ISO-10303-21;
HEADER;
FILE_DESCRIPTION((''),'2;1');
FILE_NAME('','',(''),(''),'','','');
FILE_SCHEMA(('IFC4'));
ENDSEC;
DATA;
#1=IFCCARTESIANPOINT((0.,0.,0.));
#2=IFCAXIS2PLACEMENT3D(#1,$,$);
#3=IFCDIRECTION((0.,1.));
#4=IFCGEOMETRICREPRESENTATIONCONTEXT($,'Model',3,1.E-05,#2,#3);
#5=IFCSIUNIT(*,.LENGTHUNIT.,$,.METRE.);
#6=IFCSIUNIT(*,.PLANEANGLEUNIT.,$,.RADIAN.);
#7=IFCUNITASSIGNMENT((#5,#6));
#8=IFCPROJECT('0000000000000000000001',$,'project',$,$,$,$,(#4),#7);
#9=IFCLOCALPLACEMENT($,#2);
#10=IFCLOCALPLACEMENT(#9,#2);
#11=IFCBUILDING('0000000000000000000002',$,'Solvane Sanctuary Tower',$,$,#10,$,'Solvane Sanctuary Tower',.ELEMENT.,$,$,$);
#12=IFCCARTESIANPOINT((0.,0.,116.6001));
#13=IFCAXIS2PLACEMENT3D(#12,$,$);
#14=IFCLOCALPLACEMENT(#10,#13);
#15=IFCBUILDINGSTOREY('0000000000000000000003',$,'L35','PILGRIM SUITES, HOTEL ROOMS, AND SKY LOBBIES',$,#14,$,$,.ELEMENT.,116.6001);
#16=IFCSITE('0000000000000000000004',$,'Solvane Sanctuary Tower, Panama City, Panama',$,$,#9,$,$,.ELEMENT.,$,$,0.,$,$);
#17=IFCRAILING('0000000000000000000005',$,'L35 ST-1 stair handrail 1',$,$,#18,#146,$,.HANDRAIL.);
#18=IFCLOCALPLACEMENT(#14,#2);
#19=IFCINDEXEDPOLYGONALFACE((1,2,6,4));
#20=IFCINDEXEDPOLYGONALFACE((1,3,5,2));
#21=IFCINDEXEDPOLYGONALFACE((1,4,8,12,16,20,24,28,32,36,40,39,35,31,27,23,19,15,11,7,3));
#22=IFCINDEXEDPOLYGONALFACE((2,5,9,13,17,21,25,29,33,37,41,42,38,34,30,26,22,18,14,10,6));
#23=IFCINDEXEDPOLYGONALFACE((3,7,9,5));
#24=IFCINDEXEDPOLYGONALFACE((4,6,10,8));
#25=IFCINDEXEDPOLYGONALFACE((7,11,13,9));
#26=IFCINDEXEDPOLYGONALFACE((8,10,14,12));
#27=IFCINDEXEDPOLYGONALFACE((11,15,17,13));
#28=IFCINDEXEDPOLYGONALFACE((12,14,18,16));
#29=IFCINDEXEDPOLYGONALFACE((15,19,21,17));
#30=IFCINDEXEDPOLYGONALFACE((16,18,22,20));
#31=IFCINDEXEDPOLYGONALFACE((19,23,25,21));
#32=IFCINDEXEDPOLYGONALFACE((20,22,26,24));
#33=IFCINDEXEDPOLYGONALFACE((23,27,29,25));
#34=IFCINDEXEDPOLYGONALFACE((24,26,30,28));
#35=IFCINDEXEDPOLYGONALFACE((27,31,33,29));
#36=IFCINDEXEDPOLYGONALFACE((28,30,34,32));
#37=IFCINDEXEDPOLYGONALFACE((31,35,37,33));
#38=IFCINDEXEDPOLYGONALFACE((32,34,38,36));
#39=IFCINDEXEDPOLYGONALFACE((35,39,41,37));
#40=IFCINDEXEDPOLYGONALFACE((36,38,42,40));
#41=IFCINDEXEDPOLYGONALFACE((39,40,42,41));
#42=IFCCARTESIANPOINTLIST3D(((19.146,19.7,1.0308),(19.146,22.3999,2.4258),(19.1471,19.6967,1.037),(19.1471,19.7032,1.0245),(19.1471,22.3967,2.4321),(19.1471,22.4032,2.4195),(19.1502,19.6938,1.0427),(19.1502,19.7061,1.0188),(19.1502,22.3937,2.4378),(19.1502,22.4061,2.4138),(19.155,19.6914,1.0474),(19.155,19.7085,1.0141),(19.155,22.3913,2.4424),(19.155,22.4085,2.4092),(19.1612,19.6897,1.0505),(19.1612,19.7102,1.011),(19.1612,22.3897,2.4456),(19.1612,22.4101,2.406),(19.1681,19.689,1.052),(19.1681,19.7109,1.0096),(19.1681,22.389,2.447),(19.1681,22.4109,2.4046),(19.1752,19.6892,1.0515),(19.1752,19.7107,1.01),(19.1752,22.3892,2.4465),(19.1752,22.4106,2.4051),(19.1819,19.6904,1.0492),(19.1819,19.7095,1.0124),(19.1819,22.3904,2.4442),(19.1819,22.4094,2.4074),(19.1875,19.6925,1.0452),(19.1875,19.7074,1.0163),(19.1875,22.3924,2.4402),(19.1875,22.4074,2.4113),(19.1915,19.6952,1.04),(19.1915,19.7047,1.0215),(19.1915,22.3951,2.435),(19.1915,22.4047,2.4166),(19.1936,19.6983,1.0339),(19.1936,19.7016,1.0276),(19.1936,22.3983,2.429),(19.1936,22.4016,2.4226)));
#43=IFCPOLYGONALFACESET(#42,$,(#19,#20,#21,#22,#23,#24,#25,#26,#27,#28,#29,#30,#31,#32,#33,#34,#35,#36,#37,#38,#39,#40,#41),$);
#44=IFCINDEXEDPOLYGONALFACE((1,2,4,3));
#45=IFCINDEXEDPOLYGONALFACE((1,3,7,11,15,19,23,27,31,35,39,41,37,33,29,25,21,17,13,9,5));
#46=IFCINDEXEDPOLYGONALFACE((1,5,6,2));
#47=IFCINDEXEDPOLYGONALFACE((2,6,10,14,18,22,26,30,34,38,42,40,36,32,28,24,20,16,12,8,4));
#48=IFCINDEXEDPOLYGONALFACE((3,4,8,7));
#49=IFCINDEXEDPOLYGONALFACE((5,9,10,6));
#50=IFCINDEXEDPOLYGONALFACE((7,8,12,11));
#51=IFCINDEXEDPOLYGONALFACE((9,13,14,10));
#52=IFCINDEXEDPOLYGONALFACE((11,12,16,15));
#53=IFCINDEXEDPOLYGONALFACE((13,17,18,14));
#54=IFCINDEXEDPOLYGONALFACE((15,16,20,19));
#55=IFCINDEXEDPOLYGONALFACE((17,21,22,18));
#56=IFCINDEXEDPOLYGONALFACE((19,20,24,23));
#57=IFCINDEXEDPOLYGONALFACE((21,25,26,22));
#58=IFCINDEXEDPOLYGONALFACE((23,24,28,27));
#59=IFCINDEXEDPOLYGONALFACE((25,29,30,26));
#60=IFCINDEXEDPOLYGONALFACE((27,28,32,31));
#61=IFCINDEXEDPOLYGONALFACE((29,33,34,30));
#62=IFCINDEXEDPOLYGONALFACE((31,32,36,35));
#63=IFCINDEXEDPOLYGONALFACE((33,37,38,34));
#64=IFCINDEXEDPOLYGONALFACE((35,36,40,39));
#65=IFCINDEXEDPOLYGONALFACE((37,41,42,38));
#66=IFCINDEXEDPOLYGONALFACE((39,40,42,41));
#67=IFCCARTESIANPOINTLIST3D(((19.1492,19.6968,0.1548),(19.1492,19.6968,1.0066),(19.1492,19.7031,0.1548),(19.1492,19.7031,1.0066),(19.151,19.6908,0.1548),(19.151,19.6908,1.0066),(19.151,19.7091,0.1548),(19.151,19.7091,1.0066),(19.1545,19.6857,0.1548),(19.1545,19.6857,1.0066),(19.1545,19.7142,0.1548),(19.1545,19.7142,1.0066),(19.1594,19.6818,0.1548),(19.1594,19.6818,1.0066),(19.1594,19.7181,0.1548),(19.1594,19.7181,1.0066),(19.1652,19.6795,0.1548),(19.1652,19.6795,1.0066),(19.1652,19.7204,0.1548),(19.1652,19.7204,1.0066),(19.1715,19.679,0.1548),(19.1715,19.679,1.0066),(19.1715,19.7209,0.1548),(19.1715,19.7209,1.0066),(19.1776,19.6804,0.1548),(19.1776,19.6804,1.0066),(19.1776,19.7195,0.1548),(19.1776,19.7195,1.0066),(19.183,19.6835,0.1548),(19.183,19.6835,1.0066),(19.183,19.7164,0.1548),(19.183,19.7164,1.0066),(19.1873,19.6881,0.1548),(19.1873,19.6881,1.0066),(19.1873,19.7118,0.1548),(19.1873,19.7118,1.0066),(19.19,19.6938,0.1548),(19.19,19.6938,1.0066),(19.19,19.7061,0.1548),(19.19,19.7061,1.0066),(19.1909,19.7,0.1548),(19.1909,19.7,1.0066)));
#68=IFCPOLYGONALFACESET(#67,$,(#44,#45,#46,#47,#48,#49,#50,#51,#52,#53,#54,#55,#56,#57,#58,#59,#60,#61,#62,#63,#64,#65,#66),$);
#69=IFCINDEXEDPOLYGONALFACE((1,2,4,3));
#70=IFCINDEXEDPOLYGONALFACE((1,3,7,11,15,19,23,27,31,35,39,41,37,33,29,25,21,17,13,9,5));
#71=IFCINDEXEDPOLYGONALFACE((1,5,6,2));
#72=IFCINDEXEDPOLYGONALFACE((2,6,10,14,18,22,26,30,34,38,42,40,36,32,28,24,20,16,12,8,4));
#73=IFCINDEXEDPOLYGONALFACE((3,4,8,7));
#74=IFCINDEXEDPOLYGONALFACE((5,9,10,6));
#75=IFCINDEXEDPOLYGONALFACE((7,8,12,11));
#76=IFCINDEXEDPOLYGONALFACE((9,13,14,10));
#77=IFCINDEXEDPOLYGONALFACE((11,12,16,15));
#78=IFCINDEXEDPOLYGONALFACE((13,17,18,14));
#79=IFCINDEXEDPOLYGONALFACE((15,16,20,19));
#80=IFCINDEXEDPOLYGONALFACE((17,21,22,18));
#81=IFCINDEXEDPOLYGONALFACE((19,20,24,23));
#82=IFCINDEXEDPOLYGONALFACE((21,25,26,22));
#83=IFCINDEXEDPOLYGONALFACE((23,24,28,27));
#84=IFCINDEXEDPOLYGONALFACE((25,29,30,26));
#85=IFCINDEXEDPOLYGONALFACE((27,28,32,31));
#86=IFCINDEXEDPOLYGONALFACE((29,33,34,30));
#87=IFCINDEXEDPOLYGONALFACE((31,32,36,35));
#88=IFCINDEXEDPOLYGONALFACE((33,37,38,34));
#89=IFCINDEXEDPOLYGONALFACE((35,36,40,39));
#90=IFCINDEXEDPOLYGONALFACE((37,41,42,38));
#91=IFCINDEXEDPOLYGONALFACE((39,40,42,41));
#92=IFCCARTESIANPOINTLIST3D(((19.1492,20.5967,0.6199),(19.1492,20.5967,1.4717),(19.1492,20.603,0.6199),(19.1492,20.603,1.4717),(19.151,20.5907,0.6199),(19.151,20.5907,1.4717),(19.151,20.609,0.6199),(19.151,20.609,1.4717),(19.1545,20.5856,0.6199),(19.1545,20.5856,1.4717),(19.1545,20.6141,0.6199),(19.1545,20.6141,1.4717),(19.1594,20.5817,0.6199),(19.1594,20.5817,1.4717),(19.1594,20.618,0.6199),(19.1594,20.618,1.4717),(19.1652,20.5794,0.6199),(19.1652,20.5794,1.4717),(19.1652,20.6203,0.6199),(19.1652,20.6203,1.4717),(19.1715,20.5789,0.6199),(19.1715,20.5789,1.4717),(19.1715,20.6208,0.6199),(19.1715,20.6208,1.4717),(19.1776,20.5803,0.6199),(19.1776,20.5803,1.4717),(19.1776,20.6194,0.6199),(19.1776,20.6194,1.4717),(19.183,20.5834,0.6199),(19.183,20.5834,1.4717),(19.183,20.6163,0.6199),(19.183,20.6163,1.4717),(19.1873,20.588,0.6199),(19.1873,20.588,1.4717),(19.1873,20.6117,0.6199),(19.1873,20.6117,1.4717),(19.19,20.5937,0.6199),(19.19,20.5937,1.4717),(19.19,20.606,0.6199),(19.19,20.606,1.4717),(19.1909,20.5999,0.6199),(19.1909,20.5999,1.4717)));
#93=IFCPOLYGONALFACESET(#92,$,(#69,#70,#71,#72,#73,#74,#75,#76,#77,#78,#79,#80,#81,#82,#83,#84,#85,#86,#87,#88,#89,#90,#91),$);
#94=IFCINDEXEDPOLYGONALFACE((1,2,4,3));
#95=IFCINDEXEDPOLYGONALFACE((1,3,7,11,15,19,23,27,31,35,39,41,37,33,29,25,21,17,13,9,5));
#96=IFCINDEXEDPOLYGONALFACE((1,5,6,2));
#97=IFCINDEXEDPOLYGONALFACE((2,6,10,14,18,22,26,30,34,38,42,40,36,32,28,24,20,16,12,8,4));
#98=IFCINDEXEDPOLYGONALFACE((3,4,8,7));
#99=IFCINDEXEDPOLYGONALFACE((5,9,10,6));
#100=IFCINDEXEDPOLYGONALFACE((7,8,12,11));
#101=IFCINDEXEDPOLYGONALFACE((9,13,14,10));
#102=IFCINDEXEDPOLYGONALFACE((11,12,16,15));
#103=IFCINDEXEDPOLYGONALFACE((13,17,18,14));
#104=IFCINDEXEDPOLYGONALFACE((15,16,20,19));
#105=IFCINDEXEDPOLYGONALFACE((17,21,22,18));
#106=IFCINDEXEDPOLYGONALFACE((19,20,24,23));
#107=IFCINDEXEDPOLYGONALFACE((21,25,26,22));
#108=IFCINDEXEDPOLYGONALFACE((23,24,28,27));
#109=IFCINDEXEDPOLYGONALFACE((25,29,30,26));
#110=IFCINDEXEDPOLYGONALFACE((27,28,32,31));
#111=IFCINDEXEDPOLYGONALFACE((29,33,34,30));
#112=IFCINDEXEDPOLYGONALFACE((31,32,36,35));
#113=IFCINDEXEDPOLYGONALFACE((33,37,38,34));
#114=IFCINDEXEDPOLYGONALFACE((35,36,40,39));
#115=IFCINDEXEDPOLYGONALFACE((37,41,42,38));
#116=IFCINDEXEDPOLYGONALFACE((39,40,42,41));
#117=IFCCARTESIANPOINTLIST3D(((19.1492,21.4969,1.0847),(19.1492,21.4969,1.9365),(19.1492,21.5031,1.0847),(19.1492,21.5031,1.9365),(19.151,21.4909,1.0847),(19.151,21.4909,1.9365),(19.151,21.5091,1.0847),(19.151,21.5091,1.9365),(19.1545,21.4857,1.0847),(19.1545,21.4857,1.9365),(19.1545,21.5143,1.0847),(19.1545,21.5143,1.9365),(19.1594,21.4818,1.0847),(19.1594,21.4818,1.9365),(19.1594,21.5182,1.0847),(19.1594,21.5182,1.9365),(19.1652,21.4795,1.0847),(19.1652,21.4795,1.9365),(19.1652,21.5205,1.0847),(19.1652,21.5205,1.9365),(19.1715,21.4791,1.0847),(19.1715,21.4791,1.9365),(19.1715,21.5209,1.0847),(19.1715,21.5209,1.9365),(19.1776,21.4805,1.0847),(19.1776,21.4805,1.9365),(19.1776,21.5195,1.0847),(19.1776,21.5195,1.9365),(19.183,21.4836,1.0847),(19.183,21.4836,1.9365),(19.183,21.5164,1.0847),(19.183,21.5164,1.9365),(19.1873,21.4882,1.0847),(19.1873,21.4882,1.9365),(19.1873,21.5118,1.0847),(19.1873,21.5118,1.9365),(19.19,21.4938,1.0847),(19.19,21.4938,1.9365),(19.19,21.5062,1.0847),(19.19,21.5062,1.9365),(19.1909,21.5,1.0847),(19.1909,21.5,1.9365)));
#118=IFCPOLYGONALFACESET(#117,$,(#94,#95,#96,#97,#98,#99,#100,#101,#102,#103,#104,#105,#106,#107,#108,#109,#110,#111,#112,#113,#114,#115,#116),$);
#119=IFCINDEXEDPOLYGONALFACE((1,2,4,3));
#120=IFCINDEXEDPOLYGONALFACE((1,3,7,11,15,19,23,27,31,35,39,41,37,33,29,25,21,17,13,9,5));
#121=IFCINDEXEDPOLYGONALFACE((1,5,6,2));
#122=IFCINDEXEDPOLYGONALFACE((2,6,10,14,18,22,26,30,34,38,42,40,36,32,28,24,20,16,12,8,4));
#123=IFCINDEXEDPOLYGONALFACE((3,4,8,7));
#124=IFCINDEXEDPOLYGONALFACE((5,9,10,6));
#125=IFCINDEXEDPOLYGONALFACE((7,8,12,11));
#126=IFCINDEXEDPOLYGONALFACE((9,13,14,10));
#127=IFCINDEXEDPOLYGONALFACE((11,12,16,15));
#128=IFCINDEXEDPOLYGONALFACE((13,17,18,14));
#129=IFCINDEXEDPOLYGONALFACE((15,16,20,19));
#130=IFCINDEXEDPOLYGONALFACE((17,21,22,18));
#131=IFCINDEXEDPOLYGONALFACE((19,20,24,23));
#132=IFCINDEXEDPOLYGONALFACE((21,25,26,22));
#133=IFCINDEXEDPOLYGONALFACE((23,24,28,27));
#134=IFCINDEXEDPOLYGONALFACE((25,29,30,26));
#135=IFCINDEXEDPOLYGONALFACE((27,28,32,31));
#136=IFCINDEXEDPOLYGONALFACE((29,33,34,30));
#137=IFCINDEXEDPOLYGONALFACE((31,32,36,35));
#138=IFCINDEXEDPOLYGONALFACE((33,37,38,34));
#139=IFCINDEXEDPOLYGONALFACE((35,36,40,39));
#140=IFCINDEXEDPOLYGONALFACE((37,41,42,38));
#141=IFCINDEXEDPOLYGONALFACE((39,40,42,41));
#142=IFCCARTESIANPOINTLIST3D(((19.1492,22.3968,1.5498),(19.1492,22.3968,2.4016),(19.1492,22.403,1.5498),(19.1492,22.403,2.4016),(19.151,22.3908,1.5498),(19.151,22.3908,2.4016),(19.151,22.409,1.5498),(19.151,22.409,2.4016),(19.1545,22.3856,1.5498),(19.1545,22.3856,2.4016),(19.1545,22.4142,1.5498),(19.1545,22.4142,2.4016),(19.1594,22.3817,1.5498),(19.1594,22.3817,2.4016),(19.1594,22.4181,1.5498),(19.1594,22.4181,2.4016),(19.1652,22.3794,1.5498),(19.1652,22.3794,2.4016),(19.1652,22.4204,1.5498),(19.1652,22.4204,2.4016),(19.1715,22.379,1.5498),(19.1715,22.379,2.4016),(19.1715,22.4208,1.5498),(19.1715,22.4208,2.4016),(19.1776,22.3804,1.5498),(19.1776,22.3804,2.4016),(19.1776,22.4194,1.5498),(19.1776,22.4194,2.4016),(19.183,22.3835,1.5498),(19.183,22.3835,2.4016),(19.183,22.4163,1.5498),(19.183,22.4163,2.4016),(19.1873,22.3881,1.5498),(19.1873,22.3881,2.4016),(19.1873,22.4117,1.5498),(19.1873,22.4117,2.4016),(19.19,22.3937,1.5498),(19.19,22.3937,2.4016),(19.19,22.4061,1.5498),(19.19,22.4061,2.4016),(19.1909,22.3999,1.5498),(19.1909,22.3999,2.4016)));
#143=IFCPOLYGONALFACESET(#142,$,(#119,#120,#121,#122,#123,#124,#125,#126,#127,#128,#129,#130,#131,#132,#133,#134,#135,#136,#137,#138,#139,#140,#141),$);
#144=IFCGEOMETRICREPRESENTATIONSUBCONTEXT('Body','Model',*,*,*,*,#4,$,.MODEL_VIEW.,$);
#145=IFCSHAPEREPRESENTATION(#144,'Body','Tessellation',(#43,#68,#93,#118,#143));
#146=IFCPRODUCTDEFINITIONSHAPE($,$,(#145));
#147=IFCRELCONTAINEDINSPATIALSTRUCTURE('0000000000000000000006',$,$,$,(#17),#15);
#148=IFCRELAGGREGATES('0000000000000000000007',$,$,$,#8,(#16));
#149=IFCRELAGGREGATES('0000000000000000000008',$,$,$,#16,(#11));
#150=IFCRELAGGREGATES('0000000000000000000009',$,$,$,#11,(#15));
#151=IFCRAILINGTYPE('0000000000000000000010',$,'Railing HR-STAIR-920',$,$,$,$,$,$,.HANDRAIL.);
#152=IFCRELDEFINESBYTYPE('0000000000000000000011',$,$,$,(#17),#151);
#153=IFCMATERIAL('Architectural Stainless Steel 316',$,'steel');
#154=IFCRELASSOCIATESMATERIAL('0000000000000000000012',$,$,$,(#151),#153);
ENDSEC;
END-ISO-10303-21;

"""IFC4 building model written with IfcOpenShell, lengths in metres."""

from ifc_helpers import new_model, si_unit, direction, frame, origin, origin_2d, place, context, subcontext, project, spatial, circle, extrude, material, type_object, element, save


model = new_model("IFC4")

# Units and contexts
model_context = context("Model", 3, precision=1e-05, world=origin(), true_north=direction((0.0, 1.0)))
body_context = subcontext(model_context, "Body", "Model", "MODEL_VIEW")
ifc_project = project(units=[si_unit("LENGTHUNIT", "METRE"), si_unit("PLANEANGLEUNIT", "RADIAN")], contexts=[model_context])

# Site, building, storey
site_placement = place(None, origin())
site = spatial("IfcSite", under=ifc_project, at=site_placement, Name="Solvane Sanctuary Tower, Panama City, Panama", CompositionType="ELEMENT", RefElevation=0.0)
building_placement = place(site_placement, origin())
building = spatial("IfcBuilding", under=site, at=building_placement, Name="Solvane Sanctuary Tower", LongName="Solvane Sanctuary Tower", CompositionType="ELEMENT")
storey_placement = place(building_placement, frame((0.0, 0.0, 116.6001)))
storey = spatial("IfcBuildingStorey", under=building, at=storey_placement, Name="L35", Description="PILGRIM SUITES, HOTEL ROOMS, AND SKY LOBBIES", CompositionType="ELEMENT", Elevation=116.6001)

# Shared definitions
ifc_material_1 = material(Name="Architectural Stainless Steel 316", Category="steel")

# Railing
railing_type = type_object("IfcRailingType", Name="Railing HR-STAIR-920", PredefinedType="HANDRAIL", material=ifc_material_1)
railing_placement = place(storey_placement, frame((19.1699, 19.7, 0.1548)))
element("IfcRailing", 1, at=railing_placement, inside=storey, type_object=railing_type, Name="L35 ST-1 stair handrail 1", PredefinedType="HANDRAIL", context=body_context, shape_type="SweptSolid", body=[
    extrude(circle(Radius=0.0239, at=origin_2d()), frame((0.0, 0.0, 0.876), z_axis=(0.0, 0.88842, 0.459032), x_axis=(-1.0, 0.0, 0.0)), (0.0, 0.0, 1.0), 3.0391),
    extrude(circle(Radius=0.021, at=origin_2d()), origin(), (0.0, 0.0, 1.0), 0.8518),
    extrude(circle(Radius=0.021, at=origin_2d()), frame((0.0, 0.8999, 0.4651)), (0.0, 0.0, 1.0), 0.8518),
    extrude(circle(Radius=0.021, at=origin_2d()), frame((0.0, 1.8, 0.9299)), (0.0, 0.0, 1.0), 0.8518),
    extrude(circle(Radius=0.021, at=origin_2d()), frame((0.0, 2.7, 1.395)), (0.0, 0.0, 1.0), 0.8518),
])

save(model, "model.ifc")
